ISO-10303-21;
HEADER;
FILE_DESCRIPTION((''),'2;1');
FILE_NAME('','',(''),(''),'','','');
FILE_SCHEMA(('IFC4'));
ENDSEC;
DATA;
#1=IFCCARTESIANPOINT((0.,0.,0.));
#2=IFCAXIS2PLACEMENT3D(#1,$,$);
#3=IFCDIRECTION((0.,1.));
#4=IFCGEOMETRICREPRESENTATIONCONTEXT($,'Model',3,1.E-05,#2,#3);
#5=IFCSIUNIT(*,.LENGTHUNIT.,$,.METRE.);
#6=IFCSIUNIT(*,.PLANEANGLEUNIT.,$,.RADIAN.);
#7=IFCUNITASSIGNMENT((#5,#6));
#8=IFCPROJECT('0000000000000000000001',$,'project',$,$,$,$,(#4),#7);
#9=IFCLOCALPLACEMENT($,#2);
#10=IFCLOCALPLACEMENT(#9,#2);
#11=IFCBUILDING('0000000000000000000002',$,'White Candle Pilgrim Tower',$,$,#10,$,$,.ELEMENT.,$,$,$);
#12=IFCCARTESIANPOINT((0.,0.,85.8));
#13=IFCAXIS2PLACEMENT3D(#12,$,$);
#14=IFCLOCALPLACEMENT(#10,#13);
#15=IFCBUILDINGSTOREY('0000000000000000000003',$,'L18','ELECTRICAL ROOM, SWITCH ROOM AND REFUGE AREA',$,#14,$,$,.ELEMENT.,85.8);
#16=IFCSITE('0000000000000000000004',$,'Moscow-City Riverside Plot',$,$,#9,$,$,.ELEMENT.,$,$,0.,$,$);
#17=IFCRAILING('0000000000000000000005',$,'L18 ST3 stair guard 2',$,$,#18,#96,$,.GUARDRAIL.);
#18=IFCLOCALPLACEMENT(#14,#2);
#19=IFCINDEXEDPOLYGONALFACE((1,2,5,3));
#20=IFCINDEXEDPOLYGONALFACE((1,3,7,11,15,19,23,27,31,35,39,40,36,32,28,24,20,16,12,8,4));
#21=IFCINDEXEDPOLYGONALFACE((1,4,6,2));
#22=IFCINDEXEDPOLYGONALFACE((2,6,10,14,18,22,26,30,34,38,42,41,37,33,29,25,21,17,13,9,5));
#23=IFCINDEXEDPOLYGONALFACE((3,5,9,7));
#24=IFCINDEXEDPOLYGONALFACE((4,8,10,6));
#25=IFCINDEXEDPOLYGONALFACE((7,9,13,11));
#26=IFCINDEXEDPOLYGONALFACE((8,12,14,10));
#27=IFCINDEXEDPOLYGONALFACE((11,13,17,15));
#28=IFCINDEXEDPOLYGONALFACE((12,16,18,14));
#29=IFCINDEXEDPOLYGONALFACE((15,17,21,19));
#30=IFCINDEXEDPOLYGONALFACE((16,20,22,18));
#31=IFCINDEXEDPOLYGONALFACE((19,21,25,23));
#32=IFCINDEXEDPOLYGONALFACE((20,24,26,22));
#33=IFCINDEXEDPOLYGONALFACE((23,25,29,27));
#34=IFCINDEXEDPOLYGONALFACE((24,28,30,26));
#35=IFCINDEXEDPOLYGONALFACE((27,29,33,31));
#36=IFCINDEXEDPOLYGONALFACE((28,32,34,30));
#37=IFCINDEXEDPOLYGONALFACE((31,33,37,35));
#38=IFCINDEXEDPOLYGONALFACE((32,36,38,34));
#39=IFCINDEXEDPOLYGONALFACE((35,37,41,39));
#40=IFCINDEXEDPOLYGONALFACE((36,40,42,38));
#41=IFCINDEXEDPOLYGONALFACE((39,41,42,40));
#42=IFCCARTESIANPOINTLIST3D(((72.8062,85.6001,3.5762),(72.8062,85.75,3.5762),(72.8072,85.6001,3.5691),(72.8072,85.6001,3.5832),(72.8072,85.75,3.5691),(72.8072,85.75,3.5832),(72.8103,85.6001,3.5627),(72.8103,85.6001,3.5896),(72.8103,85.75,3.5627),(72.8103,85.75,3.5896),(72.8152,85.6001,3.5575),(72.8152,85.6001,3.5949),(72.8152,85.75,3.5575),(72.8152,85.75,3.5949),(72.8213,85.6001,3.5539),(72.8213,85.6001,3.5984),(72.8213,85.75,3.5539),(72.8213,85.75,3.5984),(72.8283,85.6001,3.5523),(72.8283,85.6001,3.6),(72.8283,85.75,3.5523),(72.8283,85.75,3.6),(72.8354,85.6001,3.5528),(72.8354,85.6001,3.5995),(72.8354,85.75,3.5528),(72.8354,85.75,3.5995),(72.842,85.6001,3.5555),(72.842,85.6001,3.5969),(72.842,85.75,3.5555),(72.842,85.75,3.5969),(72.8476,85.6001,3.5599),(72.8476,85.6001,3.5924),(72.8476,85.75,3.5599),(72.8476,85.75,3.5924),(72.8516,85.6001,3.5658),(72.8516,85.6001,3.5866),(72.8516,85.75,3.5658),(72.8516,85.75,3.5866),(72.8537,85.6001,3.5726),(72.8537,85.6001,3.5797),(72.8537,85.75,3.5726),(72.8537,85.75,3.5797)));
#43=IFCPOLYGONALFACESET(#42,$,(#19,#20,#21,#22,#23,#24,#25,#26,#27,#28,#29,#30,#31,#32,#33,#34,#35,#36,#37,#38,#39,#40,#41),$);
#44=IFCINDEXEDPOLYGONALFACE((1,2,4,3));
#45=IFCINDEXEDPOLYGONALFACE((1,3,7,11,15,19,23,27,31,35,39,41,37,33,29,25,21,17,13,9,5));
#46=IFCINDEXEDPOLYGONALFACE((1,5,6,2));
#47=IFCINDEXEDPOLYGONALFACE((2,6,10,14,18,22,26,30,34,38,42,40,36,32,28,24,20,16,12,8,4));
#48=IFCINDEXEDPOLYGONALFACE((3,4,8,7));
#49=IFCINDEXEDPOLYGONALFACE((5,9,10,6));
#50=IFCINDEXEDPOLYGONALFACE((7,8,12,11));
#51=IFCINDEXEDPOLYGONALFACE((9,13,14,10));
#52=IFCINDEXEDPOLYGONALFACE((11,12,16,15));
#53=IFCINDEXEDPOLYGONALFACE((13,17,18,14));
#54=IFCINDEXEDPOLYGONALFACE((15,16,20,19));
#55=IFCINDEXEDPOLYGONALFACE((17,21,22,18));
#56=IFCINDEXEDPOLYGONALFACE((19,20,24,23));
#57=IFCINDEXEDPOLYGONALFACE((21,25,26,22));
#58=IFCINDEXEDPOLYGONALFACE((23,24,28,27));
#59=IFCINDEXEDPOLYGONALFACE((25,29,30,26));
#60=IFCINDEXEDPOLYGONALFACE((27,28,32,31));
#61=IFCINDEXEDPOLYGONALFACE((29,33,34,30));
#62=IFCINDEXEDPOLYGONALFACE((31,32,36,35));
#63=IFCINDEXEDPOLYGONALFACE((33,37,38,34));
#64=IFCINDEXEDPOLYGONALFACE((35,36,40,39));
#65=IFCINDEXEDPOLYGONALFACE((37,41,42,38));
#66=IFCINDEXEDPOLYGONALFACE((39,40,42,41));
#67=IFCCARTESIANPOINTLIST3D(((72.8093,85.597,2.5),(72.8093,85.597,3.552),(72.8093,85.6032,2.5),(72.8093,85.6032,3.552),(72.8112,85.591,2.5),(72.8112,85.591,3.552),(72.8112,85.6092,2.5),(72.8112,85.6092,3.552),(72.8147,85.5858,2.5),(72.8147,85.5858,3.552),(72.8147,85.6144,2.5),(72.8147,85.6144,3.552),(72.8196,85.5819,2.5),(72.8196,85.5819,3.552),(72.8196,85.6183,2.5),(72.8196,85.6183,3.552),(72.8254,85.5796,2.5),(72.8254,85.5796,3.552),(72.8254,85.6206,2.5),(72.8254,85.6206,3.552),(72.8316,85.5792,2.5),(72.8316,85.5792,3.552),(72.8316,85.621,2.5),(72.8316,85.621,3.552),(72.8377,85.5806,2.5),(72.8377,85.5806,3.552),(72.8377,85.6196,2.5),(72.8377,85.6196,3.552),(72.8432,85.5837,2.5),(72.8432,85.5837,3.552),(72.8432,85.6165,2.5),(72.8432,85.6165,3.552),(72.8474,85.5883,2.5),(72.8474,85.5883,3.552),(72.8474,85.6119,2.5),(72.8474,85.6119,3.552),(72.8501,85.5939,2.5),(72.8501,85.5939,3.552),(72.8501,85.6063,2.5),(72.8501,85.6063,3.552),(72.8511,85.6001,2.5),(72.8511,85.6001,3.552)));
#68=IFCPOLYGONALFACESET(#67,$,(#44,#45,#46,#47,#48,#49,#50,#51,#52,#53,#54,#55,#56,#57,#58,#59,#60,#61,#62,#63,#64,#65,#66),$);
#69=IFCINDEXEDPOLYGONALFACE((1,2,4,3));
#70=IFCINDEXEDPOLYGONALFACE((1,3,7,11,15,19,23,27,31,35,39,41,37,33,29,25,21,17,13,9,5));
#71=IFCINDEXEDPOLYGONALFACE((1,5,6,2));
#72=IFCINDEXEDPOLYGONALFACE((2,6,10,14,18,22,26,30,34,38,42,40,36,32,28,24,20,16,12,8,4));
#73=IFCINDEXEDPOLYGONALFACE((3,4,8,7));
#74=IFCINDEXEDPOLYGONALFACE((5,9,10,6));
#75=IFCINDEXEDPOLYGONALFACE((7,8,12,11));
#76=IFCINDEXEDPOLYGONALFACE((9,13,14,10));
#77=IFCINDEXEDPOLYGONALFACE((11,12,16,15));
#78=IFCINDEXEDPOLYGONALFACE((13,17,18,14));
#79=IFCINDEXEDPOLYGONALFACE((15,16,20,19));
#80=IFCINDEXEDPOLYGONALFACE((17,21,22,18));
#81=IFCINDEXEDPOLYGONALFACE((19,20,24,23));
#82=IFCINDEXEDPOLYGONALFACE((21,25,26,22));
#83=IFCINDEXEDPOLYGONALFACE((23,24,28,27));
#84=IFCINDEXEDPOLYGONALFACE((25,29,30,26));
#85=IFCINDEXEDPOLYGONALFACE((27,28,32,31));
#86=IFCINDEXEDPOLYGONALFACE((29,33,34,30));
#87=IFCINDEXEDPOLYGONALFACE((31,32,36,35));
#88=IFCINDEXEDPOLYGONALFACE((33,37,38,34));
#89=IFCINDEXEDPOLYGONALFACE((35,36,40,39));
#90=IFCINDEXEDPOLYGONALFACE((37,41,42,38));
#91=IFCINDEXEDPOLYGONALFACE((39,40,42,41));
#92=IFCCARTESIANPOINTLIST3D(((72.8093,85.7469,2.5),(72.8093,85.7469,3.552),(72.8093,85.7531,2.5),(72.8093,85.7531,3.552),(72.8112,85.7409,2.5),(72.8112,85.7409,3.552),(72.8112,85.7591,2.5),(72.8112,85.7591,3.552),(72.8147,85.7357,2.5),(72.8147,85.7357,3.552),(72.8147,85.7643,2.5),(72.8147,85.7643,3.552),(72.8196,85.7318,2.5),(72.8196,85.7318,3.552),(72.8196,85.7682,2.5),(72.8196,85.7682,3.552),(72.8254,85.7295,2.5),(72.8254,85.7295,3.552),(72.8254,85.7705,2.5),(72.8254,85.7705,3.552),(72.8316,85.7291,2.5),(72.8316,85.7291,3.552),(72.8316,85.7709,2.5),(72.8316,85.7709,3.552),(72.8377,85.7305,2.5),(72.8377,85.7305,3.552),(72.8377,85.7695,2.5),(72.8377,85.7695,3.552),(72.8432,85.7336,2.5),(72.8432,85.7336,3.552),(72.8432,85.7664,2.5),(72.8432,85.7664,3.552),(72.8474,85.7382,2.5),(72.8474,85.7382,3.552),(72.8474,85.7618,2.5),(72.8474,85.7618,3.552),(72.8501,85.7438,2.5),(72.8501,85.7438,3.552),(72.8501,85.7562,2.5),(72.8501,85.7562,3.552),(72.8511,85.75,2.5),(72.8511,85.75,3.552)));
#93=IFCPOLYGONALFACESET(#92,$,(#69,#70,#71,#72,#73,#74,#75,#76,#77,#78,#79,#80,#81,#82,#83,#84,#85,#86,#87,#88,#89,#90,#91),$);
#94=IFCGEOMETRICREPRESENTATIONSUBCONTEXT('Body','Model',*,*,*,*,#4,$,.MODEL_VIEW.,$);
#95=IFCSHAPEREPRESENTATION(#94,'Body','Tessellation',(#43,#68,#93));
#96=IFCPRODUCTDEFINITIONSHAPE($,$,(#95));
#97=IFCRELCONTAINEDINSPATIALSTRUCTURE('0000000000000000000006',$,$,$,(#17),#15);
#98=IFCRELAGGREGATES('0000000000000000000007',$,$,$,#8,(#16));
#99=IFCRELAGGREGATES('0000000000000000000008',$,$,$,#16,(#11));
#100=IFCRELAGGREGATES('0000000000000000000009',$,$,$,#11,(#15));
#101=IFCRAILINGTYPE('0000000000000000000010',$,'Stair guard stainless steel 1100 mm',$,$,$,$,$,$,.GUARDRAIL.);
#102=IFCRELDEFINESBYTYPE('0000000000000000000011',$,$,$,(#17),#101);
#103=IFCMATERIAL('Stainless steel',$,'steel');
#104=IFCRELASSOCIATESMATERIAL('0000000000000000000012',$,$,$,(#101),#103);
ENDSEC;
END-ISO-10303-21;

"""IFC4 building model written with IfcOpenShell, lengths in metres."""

from ifc_helpers import new_model, si_unit, direction, frame, origin, origin_2d, place, context, subcontext, project, spatial, circle, extrude, material, type_object, element, save


model = new_model("IFC4")

# Units and contexts
model_context = context("Model", 3, precision=1e-05, world=origin(), true_north=direction((0.0, 1.0)))
body_context = subcontext(model_context, "Body", "Model", "MODEL_VIEW")
ifc_project = project(units=[si_unit("LENGTHUNIT", "METRE"), si_unit("PLANEANGLEUNIT", "RADIAN")], contexts=[model_context])

# Site, building, storey
site_placement = place(None, origin())
site = spatial("IfcSite", under=ifc_project, at=site_placement, Name="Moscow-City Riverside Plot", CompositionType="ELEMENT", RefElevation=0.0)
building_placement = place(site_placement, origin())
building = spatial("IfcBuilding", under=site, at=building_placement, Name="White Candle Pilgrim Tower", CompositionType="ELEMENT")
storey_placement = place(building_placement, frame((0.0, 0.0, 85.8)))
storey = spatial("IfcBuildingStorey", under=building, at=storey_placement, Name="L18", Description="ELECTRICAL ROOM, SWITCH ROOM AND REFUGE AREA", CompositionType="ELEMENT", Elevation=85.8)

# Railing
ifc_material_1 = material(Name="Stainless steel", Category="steel")
railing_type_1 = type_object("IfcRailingType", Name="Stair guard stainless steel 1100 mm", PredefinedType="GUARDRAIL", material=ifc_material_1)
railing_1_placement = place(storey_placement, frame((72.8301, 85.6001, 2.5)))
element("IfcRailing", 1, at=railing_1_placement, inside=storey, type_object=railing_type_1, Name="L18 ST3 stair guard 2", PredefinedType="GUARDRAIL", context=body_context, shape_type="SweptSolid", body=[
    extrude(circle(Radius=0.0239, at=origin_2d()), frame((0.0, 0.0, 1.0762), z_axis=(0.0, 1.0, 0.0), x_axis=(-1.0, 0.0, 0.0)), (0.0, 0.0, 1.0), 0.1499),
    extrude(circle(Radius=0.021, at=origin_2d()), origin(), (0.0, 0.0, 1.0), 1.052),
    extrude(circle(Radius=0.021, at=origin_2d()), frame((0.0, 0.1499, 0.0)), (0.0, 0.0, 1.0), 1.052),
])

save(model, "model.ifc")
